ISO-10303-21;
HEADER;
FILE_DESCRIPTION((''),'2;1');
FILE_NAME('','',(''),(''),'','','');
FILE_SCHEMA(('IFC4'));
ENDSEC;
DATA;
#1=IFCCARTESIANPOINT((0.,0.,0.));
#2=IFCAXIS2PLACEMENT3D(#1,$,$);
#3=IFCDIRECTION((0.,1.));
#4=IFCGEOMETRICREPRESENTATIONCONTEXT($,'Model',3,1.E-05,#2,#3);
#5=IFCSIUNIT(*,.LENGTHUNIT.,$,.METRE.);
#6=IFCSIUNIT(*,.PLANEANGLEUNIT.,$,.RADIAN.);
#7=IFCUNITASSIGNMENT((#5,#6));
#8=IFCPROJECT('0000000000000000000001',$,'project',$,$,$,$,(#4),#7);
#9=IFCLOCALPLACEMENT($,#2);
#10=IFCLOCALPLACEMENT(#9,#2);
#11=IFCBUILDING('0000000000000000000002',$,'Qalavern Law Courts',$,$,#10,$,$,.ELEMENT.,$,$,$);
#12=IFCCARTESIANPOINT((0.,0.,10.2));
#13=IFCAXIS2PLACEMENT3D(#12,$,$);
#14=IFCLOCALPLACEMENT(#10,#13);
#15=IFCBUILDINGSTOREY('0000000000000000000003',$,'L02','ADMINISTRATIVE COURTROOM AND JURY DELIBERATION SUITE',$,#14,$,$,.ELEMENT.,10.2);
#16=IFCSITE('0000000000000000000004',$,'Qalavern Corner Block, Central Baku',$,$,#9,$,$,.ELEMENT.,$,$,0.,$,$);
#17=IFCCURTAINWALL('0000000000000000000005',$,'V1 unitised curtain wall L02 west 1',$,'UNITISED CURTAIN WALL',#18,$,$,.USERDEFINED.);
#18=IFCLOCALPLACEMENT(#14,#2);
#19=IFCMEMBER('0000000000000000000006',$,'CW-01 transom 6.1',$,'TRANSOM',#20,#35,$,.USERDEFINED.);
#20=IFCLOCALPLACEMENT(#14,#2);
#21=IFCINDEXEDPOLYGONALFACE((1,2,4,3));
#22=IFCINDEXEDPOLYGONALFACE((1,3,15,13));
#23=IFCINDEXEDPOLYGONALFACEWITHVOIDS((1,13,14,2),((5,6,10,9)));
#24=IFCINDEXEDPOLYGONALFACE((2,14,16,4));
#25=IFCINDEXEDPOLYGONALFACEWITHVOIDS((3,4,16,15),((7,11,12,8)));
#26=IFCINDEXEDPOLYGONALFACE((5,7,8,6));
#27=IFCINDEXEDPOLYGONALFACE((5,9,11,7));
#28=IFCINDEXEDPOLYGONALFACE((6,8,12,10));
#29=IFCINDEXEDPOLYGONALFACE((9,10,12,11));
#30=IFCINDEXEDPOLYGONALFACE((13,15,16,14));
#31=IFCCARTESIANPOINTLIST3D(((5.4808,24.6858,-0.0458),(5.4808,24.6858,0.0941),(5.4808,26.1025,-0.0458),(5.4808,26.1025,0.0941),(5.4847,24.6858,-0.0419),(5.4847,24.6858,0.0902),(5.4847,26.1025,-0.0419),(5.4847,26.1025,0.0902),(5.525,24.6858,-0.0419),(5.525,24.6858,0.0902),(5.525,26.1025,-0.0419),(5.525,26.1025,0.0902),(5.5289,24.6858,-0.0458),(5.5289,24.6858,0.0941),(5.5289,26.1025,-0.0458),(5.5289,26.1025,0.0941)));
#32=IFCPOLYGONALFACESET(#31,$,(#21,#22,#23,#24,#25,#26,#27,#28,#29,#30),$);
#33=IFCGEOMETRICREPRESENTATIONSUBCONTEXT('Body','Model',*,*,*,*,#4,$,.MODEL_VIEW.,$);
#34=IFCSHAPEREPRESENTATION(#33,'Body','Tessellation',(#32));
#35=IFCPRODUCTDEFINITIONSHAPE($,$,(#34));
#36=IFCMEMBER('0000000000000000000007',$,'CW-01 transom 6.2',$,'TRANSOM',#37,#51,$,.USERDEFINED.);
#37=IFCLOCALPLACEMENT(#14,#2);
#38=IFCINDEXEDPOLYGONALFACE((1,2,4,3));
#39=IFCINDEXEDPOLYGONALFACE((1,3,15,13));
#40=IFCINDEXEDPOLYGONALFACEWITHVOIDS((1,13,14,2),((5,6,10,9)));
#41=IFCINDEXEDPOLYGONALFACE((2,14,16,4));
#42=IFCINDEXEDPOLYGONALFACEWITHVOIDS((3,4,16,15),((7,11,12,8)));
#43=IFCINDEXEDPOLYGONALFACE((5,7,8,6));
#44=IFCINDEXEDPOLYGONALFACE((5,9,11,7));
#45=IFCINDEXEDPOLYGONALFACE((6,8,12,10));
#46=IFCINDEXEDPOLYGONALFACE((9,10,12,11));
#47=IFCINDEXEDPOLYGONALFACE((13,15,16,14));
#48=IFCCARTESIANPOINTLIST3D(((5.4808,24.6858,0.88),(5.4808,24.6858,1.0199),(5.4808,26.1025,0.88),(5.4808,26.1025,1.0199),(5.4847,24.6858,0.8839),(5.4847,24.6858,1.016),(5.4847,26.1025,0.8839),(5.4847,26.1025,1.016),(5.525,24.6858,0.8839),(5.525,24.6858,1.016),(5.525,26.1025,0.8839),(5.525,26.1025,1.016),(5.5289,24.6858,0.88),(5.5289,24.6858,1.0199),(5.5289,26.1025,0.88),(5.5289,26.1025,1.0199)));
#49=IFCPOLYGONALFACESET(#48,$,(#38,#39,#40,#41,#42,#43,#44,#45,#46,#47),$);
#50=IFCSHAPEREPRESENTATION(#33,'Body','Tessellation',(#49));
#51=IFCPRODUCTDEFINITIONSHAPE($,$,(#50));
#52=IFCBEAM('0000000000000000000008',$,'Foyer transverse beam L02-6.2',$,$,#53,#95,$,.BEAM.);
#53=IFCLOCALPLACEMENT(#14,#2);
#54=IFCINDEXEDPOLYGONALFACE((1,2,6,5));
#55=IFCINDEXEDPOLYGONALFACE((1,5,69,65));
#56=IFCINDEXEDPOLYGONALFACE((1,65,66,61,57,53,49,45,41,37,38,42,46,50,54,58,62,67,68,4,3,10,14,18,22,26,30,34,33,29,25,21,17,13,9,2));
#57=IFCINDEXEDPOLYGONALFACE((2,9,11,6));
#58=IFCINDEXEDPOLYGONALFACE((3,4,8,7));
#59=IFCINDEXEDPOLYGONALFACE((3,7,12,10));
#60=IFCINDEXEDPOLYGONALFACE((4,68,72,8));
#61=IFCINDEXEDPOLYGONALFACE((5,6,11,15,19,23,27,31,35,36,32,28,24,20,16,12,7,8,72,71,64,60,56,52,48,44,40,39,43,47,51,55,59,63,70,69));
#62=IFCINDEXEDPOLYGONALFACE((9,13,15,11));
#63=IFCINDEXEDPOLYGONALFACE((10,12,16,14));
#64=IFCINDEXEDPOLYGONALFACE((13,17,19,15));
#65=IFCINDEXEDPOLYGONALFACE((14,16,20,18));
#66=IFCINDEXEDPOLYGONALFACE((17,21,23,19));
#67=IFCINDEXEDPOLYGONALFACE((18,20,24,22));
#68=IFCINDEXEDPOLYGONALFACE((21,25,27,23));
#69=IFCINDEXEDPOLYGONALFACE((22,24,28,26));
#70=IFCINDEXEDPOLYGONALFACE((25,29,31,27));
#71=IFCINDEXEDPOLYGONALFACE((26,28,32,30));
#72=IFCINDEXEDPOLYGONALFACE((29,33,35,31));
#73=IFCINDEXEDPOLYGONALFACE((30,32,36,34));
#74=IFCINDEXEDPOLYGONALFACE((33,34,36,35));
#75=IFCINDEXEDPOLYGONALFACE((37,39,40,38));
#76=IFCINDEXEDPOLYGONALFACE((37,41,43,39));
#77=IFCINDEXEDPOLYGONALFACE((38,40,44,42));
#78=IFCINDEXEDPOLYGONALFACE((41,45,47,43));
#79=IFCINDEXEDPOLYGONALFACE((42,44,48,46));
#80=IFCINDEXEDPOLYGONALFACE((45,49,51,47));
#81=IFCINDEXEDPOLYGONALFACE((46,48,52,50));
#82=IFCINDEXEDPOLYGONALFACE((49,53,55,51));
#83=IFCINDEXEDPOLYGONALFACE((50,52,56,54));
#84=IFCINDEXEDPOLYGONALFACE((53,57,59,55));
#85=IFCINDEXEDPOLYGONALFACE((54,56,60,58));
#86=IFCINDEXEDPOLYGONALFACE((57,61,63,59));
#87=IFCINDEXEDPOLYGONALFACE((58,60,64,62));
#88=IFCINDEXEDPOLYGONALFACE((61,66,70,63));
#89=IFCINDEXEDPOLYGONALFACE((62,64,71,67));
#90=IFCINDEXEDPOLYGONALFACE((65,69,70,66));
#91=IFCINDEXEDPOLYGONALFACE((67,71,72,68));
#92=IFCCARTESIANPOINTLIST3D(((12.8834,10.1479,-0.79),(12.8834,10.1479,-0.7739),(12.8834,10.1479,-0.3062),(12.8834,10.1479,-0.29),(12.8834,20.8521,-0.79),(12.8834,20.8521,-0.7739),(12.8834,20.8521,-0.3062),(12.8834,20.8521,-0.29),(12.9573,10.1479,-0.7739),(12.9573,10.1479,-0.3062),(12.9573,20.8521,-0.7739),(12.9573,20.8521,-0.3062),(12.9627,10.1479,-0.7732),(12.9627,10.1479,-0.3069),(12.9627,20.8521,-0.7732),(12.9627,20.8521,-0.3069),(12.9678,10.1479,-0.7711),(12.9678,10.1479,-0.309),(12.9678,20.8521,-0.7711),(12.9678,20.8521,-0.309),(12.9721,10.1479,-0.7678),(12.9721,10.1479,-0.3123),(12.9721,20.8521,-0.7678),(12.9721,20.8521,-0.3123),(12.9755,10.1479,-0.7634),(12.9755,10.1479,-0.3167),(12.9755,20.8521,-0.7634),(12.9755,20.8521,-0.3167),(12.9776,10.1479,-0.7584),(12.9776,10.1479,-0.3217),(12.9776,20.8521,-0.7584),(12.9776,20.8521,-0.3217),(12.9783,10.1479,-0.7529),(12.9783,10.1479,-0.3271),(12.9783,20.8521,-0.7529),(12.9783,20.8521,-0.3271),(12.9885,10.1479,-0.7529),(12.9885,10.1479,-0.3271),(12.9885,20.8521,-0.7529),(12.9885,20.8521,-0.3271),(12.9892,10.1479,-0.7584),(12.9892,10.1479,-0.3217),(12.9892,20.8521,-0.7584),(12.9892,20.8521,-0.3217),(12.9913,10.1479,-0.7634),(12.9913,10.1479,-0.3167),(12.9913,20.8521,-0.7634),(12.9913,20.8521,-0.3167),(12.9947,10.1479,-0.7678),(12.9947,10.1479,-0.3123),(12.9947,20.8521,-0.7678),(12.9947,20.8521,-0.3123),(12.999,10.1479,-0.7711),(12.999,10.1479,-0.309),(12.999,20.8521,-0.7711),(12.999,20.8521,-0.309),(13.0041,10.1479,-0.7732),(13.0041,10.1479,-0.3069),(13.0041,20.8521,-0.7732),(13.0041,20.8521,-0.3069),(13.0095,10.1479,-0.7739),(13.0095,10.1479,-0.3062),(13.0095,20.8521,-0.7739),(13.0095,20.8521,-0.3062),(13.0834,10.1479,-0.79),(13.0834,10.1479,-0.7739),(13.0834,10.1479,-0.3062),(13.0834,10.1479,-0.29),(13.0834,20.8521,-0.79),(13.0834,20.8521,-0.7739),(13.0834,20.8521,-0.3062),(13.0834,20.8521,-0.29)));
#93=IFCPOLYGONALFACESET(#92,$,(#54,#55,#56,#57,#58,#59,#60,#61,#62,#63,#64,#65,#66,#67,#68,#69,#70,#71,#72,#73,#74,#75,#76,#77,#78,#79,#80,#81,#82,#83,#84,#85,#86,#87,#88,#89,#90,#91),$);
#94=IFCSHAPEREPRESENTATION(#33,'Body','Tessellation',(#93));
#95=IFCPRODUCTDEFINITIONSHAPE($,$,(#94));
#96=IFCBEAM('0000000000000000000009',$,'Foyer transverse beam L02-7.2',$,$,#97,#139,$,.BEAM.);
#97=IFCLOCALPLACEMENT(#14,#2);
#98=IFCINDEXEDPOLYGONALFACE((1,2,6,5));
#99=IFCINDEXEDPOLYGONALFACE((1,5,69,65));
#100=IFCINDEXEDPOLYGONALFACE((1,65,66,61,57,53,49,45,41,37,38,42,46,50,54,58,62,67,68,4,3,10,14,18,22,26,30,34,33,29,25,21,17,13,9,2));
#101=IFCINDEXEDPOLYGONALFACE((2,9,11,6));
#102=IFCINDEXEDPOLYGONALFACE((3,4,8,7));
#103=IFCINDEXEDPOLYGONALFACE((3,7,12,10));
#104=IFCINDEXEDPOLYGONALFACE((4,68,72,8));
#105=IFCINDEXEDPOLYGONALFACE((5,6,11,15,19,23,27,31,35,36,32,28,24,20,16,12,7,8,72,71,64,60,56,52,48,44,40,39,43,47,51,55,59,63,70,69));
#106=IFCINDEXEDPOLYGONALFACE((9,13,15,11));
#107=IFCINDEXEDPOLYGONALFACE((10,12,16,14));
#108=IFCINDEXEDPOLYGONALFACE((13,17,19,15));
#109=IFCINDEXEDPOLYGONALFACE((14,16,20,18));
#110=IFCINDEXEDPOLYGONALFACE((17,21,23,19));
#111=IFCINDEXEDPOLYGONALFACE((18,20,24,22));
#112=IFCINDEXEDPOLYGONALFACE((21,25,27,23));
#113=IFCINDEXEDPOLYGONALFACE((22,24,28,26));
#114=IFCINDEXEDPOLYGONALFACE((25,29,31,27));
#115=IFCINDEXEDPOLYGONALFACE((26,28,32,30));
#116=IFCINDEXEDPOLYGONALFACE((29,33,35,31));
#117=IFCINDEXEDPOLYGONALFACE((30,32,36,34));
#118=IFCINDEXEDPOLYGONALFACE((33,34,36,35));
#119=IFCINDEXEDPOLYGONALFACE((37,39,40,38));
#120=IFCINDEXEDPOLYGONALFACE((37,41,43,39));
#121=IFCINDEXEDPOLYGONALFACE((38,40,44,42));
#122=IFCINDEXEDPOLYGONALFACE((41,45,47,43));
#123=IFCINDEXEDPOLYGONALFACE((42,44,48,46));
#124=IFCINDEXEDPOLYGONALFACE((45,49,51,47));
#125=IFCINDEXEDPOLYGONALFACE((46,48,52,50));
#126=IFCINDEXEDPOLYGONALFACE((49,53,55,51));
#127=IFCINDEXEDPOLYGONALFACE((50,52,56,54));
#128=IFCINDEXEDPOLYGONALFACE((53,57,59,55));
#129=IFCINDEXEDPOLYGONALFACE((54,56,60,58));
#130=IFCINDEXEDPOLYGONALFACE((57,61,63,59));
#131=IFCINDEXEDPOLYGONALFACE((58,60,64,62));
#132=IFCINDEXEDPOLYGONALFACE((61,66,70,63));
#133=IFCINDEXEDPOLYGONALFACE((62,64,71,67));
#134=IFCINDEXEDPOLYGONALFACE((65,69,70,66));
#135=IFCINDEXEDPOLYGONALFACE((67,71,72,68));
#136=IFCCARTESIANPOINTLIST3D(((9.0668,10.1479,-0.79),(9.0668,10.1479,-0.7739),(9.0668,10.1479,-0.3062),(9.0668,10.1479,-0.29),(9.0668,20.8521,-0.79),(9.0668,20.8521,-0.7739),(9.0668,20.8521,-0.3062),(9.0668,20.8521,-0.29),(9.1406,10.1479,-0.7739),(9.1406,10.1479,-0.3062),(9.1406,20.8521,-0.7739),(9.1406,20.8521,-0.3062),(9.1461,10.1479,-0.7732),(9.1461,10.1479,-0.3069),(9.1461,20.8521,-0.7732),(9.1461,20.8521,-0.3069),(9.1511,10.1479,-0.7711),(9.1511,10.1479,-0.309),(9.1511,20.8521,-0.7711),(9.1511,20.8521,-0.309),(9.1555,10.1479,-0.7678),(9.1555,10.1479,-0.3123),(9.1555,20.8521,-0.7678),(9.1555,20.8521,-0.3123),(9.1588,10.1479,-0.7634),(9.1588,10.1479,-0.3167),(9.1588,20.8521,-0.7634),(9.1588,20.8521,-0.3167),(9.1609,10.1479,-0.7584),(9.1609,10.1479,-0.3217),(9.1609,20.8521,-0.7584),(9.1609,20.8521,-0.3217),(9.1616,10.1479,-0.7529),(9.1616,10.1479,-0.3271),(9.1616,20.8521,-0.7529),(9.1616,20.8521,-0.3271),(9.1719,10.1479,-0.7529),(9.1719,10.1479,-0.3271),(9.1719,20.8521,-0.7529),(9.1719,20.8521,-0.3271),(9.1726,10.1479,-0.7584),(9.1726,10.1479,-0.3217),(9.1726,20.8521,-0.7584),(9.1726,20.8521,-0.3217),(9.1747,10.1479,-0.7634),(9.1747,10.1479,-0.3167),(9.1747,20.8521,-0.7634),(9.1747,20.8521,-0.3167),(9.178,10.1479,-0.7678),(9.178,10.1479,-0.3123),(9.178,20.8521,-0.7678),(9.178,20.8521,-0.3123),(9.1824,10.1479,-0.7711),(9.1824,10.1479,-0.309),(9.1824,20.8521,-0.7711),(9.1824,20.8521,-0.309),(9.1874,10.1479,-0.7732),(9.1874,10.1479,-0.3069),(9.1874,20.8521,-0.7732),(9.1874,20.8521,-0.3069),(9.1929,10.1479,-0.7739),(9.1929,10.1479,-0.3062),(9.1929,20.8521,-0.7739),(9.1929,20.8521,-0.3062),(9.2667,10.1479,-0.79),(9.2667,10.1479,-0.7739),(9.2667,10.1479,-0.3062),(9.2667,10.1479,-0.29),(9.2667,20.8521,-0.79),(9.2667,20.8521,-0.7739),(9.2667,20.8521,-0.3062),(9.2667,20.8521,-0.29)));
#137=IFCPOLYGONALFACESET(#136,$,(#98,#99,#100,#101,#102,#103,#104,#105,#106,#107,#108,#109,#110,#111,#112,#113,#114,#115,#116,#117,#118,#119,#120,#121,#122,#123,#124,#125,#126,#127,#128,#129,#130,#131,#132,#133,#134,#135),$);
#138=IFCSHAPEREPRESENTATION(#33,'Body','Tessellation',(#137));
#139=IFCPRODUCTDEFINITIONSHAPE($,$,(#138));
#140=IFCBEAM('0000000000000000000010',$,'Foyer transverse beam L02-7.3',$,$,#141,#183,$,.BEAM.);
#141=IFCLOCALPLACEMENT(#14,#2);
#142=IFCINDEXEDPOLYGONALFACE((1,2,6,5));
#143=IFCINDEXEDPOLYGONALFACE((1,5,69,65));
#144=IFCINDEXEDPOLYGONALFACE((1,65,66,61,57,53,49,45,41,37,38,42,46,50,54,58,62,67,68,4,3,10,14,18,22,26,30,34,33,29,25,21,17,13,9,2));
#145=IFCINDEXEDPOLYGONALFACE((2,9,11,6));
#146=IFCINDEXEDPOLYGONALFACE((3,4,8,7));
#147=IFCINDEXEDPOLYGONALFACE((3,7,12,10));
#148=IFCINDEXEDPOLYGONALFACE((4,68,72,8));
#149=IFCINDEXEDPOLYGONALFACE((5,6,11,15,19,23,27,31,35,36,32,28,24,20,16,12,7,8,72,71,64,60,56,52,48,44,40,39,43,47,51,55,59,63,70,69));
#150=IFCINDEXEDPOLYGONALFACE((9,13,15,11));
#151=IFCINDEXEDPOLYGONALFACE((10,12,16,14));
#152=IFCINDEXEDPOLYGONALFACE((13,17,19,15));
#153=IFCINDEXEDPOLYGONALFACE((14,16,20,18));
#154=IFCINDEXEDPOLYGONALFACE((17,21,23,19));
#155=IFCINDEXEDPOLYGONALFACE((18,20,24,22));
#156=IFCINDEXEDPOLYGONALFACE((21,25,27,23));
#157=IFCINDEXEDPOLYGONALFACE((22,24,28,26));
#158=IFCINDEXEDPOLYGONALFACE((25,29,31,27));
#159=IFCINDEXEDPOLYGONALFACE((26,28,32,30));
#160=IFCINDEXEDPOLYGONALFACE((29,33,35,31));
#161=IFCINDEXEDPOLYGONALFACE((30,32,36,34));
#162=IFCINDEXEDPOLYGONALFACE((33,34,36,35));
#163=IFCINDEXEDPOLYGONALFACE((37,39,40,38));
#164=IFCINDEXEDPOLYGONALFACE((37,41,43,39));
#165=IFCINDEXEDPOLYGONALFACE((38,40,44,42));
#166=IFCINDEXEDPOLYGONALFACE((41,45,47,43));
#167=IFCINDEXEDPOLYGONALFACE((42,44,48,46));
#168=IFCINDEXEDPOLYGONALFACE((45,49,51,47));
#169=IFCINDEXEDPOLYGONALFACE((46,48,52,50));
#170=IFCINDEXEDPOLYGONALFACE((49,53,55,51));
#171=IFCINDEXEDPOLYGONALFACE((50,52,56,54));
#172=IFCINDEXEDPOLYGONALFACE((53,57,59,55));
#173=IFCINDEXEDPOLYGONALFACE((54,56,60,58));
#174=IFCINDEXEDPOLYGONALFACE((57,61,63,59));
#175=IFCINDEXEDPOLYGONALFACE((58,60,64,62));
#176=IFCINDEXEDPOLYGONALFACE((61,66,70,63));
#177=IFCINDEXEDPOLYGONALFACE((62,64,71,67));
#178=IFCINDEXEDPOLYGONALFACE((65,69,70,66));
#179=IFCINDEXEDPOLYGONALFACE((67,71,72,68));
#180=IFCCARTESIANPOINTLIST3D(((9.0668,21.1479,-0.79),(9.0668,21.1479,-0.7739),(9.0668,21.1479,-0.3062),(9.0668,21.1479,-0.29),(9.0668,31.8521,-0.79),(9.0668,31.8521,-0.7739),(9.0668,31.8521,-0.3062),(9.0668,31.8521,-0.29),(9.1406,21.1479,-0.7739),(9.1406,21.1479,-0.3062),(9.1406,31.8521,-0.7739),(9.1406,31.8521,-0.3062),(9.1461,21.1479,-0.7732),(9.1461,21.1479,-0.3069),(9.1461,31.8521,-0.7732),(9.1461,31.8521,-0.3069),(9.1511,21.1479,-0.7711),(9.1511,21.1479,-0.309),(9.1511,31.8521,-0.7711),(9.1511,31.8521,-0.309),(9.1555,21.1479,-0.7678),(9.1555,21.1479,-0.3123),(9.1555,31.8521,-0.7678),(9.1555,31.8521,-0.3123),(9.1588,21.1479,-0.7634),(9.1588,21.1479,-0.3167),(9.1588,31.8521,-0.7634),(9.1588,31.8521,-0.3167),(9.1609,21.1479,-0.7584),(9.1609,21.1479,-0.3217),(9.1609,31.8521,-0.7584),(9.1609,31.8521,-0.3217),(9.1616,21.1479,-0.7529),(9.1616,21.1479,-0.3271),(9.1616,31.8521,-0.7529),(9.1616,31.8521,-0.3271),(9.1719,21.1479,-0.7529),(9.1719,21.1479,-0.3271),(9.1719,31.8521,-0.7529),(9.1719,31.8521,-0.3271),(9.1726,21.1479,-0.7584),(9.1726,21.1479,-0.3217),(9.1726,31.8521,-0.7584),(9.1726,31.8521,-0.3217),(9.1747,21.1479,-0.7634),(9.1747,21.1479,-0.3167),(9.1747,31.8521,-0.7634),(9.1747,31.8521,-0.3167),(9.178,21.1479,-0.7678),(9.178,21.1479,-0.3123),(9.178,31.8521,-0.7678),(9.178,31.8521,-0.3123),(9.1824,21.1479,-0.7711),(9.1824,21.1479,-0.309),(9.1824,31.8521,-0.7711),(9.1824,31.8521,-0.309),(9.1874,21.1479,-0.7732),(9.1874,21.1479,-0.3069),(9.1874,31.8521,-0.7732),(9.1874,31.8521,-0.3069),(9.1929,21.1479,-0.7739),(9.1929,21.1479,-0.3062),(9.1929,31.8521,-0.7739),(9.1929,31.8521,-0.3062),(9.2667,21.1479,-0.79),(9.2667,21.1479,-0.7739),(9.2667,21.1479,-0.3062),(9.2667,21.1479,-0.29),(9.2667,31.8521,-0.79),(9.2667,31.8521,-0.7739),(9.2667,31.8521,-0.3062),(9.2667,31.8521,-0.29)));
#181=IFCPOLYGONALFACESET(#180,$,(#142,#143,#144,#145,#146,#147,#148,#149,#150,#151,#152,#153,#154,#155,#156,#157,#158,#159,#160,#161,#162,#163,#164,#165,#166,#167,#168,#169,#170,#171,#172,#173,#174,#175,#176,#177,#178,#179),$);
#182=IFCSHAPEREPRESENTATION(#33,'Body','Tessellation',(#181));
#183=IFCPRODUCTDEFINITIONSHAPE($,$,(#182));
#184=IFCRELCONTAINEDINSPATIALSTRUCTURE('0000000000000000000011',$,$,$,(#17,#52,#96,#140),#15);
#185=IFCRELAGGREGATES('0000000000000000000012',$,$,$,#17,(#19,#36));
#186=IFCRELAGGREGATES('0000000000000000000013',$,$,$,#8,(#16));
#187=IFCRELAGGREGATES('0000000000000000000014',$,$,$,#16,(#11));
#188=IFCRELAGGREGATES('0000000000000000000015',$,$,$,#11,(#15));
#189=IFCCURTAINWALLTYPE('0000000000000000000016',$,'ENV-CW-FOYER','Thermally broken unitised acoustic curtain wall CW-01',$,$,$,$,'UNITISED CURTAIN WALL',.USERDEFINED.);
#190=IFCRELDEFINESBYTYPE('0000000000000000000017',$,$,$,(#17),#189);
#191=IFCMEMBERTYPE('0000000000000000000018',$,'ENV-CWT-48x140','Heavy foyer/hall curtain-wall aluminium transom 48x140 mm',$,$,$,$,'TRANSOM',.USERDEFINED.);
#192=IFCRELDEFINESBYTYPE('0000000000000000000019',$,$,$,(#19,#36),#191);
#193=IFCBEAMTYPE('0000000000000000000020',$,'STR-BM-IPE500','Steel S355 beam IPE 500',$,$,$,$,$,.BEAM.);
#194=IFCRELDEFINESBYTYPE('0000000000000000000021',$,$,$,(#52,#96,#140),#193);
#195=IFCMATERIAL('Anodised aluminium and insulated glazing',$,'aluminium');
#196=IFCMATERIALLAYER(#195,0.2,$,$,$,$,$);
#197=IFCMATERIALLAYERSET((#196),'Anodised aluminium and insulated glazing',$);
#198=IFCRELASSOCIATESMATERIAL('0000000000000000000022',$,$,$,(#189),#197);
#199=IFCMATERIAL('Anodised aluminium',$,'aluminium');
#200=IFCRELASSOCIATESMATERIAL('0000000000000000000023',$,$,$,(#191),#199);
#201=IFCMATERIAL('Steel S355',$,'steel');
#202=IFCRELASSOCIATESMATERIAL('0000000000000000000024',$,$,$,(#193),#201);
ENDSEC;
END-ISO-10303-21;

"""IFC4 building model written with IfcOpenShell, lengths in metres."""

from ifc_helpers import new_model, si_unit, direction, frame, origin, origin_2d, place, context, subcontext, project, spatial, hollow_rectangle, i_section, extrude, material, layer, layer_set, material_profile, profile_set, type_object, element, aggregate, save


model = new_model("IFC4")

# Units and contexts
model_context = context("Model", 3, precision=1e-05, world=origin(), true_north=direction((0.0, 1.0)))
body_context = subcontext(model_context, "Body", "Model", "MODEL_VIEW")
ifc_project = project(units=[si_unit("LENGTHUNIT", "METRE"), si_unit("PLANEANGLEUNIT", "RADIAN")], contexts=[model_context])

# Site, building, storey
site_placement = place(None, origin())
site = spatial("IfcSite", under=ifc_project, at=site_placement, Name="Qalavern Corner Block, Central Baku", CompositionType="ELEMENT", RefElevation=0.0)
building_placement = place(site_placement, origin())
building = spatial("IfcBuilding", under=site, at=building_placement, Name="Qalavern Law Courts", CompositionType="ELEMENT")
storey_placement = place(building_placement, frame((0.0, 0.0, 10.2)))
storey = spatial("IfcBuildingStorey", under=building, at=storey_placement, Name="L02", Description="ADMINISTRATIVE COURTROOM AND JURY DELIBERATION SUITE", CompositionType="ELEMENT", Elevation=10.2)

# Curtain wall, members
ifc_material_1 = material(Name="Anodised aluminium and insulated glazing", Category="aluminium")
ifc_layer_1 = layer(ifc_material_1, 0.2)
ifc_layer_set_1 = layer_set([ifc_layer_1], Name="Anodised aluminium and insulated glazing")
curtain_wall_type = type_object("IfcCurtainWallType", Name="ENV-CW-FOYER", Description="Thermally broken unitised acoustic curtain wall CW-01", ElementType="UNITISED CURTAIN WALL", PredefinedType="USERDEFINED", material=ifc_layer_set_1)
curtain_wall_placement = place(storey_placement, origin())
curtain_wall = element("IfcCurtainWall", 1, at=curtain_wall_placement, inside=storey, type_object=curtain_wall_type, Name="V1 unitised curtain wall L02 west 1", ObjectType="UNITISED CURTAIN WALL", PredefinedType="USERDEFINED")
ifc_material_2 = material(Name="Anodised aluminium", Category="aluminium")
ifc_material_profile_1 = material_profile(ifc_material_2, hollow_rectangle(XDim=0.0481, YDim=0.1399, WallThickness=0.0039, at=origin_2d()), Name="ALU TRANSOM 48x140")
ifc_profile_set_1 = profile_set([ifc_material_profile_1], Name="Anodised aluminium")
member_type_1 = type_object("IfcMemberType", Name="ENV-CWT-48x140", Description="Heavy foyer/hall curtain-wall aluminium transom 48x140 mm", ElementType="TRANSOM", PredefinedType="USERDEFINED", material=ifc_profile_set_1)
member_1_placement = place(storey_placement, frame((5.5049, 26.1025, 0.0242), z_axis=(0.0, -1.0, 0.0), x_axis=(1.0, 0.0, 0.0)))
member_1 = element("IfcMember", 2, at=member_1_placement, type_object=member_type_1, Name="CW-01 transom 6.1", ObjectType="TRANSOM", PredefinedType="USERDEFINED", context=body_context, shape_type="SweptSolid", body=[
    extrude(hollow_rectangle(XDim=0.0481, YDim=0.1399, WallThickness=0.0039, at=origin_2d()), origin(), (0.0, 0.0, 1.0), 1.4167),
])
member_2_placement = place(storey_placement, frame((5.5049, 26.1025, 0.95), z_axis=(0.0, -1.0, 0.0), x_axis=(1.0, 0.0, 0.0)))
member_2 = element("IfcMember", 3, at=member_2_placement, type_object=member_type_1, Name="CW-01 transom 6.2", ObjectType="TRANSOM", PredefinedType="USERDEFINED", context=body_context, shape_type="SweptSolid", body=[
    extrude(hollow_rectangle(XDim=0.0481, YDim=0.1399, WallThickness=0.0039, at=origin_2d()), origin(), (0.0, 0.0, 1.0), 1.4167),
])

# Beams
ifc_material_3 = material(Name="Steel S355", Category="steel")
ifc_material_profile_2 = material_profile(ifc_material_3, i_section(OverallWidth=0.2, OverallDepth=0.5, WebThickness=0.0103, FlangeThickness=0.0161, FilletRadius=0.021, at=origin_2d()), Name="IPE 500")
ifc_profile_set_2 = profile_set([ifc_material_profile_2], Name="Steel S355")
beam_type_1 = type_object("IfcBeamType", Name="STR-BM-IPE500", Description="Steel S355 beam IPE 500", PredefinedType="BEAM", material=ifc_profile_set_2)
for number, where, z_axis, x_axis, name in (
    (4, (12.9834, 10.1479, -0.54), (0.0, 1.0, 0.0), (-1.0, 0.0, 0.0), "Foyer transverse beam L02-6.2"),
    (5, (9.1667, 10.1479, -0.54), (0.0, 1.0, 0.0), (-1.0, 0.0, 0.0), "Foyer transverse beam L02-7.2"),
    (6, (9.1667, 21.1479, -0.54), (0.0, 1.0, 0.0), (-1.0, 0.0, 0.0), "Foyer transverse beam L02-7.3"),
):
    element("IfcBeam", number, at=place(storey_placement, frame(where, z_axis=z_axis, x_axis=x_axis)), inside=storey, type_object=beam_type_1, Name=name, PredefinedType="BEAM", context=body_context, shape_type="SweptSolid", body=[
        extrude(i_section(OverallWidth=0.2, OverallDepth=0.5, WebThickness=0.0103, FlangeThickness=0.0161, FilletRadius=0.021, at=origin_2d()), origin(), (0.0, 0.0, 1.0), 10.7041),
    ])

aggregate(curtain_wall, [member_1, member_2])

save(model, "model.ifc")
